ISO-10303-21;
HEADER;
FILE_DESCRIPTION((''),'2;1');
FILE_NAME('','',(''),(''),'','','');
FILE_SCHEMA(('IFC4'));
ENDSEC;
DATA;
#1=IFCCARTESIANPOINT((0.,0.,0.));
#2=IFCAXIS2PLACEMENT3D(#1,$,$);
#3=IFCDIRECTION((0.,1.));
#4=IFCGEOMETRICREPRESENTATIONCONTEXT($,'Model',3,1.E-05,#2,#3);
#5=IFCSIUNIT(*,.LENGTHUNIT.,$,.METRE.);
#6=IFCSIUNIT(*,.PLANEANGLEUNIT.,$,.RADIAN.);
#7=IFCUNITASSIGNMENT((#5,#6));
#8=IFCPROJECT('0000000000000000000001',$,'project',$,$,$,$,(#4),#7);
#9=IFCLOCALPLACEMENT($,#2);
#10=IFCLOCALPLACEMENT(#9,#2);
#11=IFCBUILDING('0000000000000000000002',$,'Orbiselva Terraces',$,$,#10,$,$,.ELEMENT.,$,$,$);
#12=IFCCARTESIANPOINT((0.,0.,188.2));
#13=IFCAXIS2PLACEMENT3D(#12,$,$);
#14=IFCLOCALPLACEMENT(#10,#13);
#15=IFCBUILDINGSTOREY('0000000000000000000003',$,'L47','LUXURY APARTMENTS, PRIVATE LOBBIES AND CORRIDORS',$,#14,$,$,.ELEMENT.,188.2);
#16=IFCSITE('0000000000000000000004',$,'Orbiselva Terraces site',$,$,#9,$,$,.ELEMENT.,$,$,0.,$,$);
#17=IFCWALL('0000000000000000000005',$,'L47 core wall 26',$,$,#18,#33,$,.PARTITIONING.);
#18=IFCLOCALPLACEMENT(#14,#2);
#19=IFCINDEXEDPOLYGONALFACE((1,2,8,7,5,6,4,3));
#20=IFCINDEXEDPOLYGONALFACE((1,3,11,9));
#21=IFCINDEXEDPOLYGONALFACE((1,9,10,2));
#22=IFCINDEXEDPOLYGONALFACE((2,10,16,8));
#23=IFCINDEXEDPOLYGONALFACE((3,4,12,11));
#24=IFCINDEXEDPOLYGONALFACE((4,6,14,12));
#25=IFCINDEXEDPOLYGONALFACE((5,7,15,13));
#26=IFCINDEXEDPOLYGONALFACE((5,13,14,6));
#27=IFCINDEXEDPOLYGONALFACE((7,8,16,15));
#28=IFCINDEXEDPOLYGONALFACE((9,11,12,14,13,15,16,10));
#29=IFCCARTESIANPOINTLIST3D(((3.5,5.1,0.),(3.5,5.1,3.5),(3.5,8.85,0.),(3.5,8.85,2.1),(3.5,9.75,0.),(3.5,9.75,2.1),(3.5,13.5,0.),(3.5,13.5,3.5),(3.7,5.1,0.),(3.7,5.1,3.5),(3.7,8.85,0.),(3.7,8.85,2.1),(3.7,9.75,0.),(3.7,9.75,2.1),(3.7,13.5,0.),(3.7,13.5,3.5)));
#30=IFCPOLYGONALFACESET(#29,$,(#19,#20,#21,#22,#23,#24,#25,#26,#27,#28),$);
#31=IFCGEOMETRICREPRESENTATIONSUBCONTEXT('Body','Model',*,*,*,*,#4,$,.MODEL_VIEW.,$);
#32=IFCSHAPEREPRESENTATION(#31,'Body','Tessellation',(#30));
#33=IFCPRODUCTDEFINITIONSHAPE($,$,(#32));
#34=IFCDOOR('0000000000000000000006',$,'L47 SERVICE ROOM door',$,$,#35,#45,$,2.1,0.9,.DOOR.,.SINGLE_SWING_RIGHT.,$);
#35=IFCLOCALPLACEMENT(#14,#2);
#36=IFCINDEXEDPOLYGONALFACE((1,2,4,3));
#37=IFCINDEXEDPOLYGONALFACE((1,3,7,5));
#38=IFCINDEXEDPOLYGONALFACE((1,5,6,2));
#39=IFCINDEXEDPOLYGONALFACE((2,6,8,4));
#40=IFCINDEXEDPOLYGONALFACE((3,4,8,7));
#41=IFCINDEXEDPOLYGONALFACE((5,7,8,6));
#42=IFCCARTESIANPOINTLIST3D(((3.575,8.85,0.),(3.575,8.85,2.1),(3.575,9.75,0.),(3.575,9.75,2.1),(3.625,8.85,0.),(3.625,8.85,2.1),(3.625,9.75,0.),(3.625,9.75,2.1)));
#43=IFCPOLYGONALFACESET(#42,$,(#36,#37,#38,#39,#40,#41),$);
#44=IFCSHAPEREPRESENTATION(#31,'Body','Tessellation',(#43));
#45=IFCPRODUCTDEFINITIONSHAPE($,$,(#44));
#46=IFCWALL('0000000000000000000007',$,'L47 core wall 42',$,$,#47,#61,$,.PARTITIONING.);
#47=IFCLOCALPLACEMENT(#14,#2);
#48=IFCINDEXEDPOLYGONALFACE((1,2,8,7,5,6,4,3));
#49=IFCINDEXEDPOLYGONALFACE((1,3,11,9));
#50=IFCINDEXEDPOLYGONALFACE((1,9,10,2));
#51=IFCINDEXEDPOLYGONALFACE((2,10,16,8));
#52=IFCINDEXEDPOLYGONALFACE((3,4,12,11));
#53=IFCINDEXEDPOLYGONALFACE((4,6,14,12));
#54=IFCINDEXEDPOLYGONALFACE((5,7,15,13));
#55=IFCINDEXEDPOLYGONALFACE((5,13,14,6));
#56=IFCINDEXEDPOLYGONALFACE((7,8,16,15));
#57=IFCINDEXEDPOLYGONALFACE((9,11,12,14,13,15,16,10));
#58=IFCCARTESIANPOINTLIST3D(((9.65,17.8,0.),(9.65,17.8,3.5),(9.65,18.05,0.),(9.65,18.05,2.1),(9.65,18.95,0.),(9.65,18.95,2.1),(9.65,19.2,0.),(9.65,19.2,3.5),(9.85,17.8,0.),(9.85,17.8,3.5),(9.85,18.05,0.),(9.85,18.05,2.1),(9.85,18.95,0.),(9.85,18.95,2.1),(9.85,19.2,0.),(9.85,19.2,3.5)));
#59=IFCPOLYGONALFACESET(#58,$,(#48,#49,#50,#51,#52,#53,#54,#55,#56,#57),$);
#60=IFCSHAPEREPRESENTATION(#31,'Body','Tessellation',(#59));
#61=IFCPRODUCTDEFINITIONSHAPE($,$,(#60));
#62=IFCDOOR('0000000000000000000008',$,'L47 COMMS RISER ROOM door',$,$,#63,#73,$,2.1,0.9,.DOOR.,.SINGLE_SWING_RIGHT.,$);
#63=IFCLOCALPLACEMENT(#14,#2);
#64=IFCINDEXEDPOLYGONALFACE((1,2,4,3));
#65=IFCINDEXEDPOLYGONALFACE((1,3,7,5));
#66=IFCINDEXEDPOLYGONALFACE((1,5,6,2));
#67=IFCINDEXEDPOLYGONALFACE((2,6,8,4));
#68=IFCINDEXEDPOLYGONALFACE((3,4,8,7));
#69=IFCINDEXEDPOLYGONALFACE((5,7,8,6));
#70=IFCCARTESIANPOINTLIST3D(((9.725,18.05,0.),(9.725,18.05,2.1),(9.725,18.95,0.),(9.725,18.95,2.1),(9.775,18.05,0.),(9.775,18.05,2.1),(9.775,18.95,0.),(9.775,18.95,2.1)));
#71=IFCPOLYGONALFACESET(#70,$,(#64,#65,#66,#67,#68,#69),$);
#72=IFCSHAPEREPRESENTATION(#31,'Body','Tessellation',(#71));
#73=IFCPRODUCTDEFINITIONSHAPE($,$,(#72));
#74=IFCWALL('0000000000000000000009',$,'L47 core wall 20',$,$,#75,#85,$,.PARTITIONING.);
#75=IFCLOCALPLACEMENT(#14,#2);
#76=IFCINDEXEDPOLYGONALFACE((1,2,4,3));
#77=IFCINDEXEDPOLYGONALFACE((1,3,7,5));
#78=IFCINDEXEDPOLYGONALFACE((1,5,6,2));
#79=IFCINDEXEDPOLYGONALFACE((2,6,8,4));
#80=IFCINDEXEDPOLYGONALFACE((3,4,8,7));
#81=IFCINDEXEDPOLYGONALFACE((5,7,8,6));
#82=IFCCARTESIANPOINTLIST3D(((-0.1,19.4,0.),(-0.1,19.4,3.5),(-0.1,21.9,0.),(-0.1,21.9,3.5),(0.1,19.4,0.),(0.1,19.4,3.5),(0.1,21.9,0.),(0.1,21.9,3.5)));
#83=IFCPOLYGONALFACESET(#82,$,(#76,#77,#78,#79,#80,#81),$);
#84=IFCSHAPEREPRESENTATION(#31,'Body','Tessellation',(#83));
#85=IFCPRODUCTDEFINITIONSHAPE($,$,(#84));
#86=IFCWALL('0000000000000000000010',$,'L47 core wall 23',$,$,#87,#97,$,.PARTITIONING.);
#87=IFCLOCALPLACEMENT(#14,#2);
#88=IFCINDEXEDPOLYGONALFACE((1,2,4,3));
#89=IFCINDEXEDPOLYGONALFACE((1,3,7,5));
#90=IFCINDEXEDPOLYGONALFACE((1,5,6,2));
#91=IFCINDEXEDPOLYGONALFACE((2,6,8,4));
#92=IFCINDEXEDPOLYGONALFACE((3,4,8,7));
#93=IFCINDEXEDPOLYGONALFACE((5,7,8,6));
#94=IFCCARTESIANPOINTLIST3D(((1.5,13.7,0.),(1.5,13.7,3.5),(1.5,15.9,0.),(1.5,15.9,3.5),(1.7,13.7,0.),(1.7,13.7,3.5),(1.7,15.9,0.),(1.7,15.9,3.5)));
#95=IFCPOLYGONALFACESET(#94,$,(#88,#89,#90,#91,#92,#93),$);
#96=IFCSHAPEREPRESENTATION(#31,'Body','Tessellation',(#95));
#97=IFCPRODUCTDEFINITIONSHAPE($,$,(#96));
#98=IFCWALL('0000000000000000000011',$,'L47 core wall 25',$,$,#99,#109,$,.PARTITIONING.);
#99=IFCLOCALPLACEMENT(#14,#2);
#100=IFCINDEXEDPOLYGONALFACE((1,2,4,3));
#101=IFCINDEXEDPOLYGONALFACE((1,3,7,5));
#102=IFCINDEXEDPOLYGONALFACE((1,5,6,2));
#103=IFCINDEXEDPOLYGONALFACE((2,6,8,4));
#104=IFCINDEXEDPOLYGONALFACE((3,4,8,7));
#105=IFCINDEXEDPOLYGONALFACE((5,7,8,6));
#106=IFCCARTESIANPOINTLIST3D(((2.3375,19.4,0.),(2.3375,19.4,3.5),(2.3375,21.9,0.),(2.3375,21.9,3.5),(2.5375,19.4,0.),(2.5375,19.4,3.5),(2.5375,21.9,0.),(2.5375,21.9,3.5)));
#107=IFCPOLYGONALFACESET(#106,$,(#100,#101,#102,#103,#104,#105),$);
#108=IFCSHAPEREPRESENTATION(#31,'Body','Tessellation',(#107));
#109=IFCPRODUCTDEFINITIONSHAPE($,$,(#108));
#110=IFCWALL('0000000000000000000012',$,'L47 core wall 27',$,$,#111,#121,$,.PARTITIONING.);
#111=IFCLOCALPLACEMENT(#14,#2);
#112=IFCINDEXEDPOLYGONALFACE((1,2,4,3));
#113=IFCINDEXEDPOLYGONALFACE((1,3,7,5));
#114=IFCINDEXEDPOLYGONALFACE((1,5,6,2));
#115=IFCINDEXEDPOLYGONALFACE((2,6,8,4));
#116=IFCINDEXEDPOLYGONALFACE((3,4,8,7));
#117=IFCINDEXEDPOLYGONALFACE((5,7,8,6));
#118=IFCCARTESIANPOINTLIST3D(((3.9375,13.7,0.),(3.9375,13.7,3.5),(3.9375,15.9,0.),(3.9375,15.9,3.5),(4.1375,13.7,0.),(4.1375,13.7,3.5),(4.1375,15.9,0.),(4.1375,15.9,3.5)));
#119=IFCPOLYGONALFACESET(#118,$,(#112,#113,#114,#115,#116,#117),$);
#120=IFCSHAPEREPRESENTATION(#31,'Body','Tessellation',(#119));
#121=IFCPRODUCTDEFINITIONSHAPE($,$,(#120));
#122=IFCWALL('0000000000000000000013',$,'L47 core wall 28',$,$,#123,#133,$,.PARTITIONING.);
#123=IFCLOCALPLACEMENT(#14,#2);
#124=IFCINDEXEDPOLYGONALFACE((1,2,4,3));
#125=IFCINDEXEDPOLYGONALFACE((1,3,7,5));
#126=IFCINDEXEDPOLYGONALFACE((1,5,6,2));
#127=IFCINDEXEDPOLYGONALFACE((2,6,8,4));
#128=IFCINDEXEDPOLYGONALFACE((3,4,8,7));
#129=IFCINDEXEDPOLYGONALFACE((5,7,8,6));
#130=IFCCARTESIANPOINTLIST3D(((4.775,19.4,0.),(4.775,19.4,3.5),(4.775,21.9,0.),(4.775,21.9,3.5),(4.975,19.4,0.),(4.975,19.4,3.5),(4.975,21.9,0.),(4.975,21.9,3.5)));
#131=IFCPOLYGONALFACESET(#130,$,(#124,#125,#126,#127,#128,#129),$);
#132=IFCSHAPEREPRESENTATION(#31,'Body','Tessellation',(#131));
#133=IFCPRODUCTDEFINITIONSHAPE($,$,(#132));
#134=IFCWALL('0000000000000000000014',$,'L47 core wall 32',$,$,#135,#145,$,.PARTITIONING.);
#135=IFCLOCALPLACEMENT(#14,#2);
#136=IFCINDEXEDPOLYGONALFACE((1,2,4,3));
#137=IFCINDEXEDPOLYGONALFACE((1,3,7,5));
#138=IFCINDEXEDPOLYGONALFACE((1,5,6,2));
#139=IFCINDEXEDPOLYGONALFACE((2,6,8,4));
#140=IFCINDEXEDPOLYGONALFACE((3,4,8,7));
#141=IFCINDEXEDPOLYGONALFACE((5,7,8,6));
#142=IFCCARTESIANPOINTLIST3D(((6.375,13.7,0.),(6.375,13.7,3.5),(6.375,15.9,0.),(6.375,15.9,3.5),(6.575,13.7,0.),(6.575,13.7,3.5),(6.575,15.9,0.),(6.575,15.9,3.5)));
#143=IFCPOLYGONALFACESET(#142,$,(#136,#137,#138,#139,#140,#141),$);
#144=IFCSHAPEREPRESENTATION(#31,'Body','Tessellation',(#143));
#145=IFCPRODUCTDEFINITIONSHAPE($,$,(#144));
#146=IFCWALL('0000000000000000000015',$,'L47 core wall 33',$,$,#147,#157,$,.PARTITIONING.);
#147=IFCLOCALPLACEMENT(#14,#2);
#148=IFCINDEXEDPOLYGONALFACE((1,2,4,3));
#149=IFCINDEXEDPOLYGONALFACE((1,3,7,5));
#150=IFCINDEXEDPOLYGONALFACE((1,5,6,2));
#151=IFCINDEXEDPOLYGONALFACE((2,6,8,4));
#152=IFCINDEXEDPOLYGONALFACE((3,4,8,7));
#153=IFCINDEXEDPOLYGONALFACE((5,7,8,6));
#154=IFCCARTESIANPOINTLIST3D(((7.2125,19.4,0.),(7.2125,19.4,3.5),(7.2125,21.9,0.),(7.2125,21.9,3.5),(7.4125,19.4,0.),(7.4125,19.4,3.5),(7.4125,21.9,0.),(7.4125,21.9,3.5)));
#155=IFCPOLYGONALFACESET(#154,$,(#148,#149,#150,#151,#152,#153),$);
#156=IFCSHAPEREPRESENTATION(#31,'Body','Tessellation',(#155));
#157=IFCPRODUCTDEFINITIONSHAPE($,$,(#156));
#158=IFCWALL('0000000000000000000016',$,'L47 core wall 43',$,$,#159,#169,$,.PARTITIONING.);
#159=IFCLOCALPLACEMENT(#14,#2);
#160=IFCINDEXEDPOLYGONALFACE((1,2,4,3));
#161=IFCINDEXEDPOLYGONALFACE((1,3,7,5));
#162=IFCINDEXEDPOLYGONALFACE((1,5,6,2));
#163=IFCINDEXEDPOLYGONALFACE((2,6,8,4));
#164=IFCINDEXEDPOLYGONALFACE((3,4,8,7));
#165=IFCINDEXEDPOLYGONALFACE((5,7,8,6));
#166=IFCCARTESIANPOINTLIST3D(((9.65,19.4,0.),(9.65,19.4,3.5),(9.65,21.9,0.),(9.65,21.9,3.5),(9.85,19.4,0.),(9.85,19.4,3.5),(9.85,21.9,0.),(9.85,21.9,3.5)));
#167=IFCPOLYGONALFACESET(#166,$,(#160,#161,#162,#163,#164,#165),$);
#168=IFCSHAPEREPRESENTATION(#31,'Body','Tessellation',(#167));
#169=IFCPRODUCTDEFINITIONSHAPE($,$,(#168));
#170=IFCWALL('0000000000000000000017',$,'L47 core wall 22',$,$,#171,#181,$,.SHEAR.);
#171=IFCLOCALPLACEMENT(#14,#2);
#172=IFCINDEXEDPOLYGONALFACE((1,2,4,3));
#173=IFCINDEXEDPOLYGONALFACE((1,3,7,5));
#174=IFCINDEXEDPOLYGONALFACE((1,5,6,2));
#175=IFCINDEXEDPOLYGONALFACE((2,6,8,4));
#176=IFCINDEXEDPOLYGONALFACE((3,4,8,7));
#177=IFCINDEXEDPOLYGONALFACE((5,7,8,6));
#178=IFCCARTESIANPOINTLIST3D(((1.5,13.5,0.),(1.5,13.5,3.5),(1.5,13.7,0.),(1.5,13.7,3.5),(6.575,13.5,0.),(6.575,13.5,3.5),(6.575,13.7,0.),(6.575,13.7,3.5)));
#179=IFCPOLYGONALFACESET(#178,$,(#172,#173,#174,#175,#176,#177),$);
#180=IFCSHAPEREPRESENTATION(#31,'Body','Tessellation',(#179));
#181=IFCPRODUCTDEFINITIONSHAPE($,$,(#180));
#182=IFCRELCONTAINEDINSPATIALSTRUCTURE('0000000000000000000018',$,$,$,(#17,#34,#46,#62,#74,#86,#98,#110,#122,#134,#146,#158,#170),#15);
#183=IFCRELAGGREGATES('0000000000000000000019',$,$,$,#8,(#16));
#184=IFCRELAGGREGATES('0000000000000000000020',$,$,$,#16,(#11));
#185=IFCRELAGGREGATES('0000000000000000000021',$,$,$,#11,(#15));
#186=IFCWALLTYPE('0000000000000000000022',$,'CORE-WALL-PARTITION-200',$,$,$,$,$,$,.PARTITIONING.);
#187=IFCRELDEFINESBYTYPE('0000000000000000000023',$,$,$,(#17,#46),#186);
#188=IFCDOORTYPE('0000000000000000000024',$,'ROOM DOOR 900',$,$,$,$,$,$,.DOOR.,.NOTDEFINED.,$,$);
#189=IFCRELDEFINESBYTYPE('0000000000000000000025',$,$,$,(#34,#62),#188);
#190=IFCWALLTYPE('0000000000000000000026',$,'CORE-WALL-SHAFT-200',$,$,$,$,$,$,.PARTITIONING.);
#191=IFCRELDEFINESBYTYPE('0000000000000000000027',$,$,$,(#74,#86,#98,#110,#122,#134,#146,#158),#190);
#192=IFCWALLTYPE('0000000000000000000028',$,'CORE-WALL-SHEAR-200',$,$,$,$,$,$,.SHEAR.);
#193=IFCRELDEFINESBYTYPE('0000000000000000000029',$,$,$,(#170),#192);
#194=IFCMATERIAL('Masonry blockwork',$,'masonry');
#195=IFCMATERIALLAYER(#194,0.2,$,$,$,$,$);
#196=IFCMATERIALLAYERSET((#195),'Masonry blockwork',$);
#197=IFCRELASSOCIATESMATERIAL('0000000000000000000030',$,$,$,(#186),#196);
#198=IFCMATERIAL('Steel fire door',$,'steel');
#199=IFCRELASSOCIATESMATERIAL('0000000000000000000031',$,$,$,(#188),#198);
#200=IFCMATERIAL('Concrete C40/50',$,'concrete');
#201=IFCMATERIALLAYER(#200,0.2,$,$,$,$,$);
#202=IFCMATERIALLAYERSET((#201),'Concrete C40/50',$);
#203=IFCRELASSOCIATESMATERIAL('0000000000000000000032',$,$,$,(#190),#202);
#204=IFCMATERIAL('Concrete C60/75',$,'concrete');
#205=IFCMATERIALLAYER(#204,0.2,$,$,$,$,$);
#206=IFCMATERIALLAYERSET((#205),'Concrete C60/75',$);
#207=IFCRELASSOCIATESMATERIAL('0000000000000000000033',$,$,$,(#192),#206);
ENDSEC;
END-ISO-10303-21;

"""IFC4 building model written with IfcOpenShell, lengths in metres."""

from ifc_helpers import new_model, si_unit, direction, frame, frame_2d, origin, place, context, subcontext, project, spatial, rectangle, extrude, material, layer, layer_set, type_object, element, fill, save


model = new_model("IFC4")

# Units and contexts
model_context = context("Model", 3, precision=1e-05, world=origin(), true_north=direction((0.0, 1.0)))
body_context = subcontext(model_context, "Body", "Model", "MODEL_VIEW")
ifc_project = project(units=[si_unit("LENGTHUNIT", "METRE"), si_unit("PLANEANGLEUNIT", "RADIAN")], contexts=[model_context])

# Site, building, storey
site_placement = place(None, origin())
site = spatial("IfcSite", under=ifc_project, at=site_placement, Name="Orbiselva Terraces site", CompositionType="ELEMENT", RefElevation=0.0)
building_placement = place(site_placement, origin())
building = spatial("IfcBuilding", under=site, at=building_placement, Name="Orbiselva Terraces", CompositionType="ELEMENT")
storey_placement = place(building_placement, frame((0.0, 0.0, 188.2)))
storey = spatial("IfcBuildingStorey", under=building, at=storey_placement, Name="L47", Description="LUXURY APARTMENTS, PRIVATE LOBBIES AND CORRIDORS", CompositionType="ELEMENT", Elevation=188.2)

# Walls, openings, doors
ifc_material_1 = material(Name="Masonry blockwork", Category="masonry")
ifc_layer_1 = layer(ifc_material_1, 0.2)
ifc_layer_set_1 = layer_set([ifc_layer_1], Name="Masonry blockwork")
wall_type_1 = type_object("IfcWallType", Name="CORE-WALL-PARTITION-200", PredefinedType="PARTITIONING", material=ifc_layer_set_1)
wall_1_placement = place(storey_placement, frame((3.6, 13.5, 0.0), z_axis=(0.0, 0.0, 1.0), x_axis=(0.0, -1.0, 0.0)))
wall_1 = element("IfcWall", 1, at=wall_1_placement, inside=storey, type_object=wall_type_1, Name="L47 core wall 26", PredefinedType="PARTITIONING", context=body_context, shape_type="SweptSolid", body=[
    extrude(rectangle(XDim=8.4, YDim=0.2, at=frame_2d((4.2, 0.0))), origin(), (0.0, 0.0, 1.0), 3.5),
])
opening_1_placement = place(wall_1_placement, frame((3.75, 0.0, 0.0)))
opening_1 = element("IfcOpeningElement", 2, at=opening_1_placement, cuts=wall_1, PredefinedType="OPENING", context=body_context, shape_type="SweptSolid", body=[
    extrude(rectangle(XDim=0.9, YDim=2.1, at=frame_2d((0.45, 1.05))), frame((0.0, 0.11, 0.0), z_axis=(0.0, -1.0, 0.0), x_axis=(1.0, 0.0, 0.0)), (0.0, 0.0, 1.0), 0.22),
])
ifc_material_2 = material(Name="Steel fire door", Category="steel")
door_type_1 = type_object("IfcDoorType", Name="ROOM DOOR 900", OperationType="NOTDEFINED", PredefinedType="DOOR", material=ifc_material_2)
door_1_placement = place(opening_1_placement, origin())
door_1 = element("IfcDoor", 3, at=door_1_placement, inside=storey, type_object=door_type_1, Name="L47 SERVICE ROOM door", OperationType="SINGLE_SWING_RIGHT", OverallHeight=2.1, OverallWidth=0.9, PredefinedType="DOOR", context=body_context, shape_type="SweptSolid", body=[
    extrude(rectangle(XDim=0.9, YDim=2.1, at=frame_2d((0.45, 1.05))), frame((0.0, 0.025, 0.0), z_axis=(0.0, -1.0, 0.0), x_axis=(1.0, 0.0, 0.0)), (0.0, 0.0, 1.0), 0.05),
])
fill(opening_1, door_1)
wall_2_placement = place(storey_placement, frame((9.75, 19.2, 0.0), z_axis=(0.0, 0.0, 1.0), x_axis=(0.0, -1.0, 0.0)))
wall_2 = element("IfcWall", 4, at=wall_2_placement, inside=storey, type_object=wall_type_1, Name="L47 core wall 42", PredefinedType="PARTITIONING", context=body_context, shape_type="SweptSolid", body=[
    extrude(rectangle(XDim=1.4, YDim=0.2, at=frame_2d((0.7, 0.0))), origin(), (0.0, 0.0, 1.0), 3.5),
])
opening_2_placement = place(wall_2_placement, frame((0.25, 0.0, 0.0)))
opening_2 = element("IfcOpeningElement", 5, at=opening_2_placement, cuts=wall_2, PredefinedType="OPENING", context=body_context, shape_type="SweptSolid", body=[
    extrude(rectangle(XDim=0.9, YDim=2.1, at=frame_2d((0.45, 1.05))), frame((0.0, 0.11, 0.0), z_axis=(0.0, -1.0, 0.0), x_axis=(1.0, 0.0, 0.0)), (0.0, 0.0, 1.0), 0.22),
])
door_2_placement = place(opening_2_placement, origin())
door_2 = element("IfcDoor", 6, at=door_2_placement, inside=storey, type_object=door_type_1, Name="L47 COMMS RISER ROOM door", OperationType="SINGLE_SWING_RIGHT", OverallHeight=2.1, OverallWidth=0.9, PredefinedType="DOOR", context=body_context, shape_type="SweptSolid", body=[
    extrude(rectangle(XDim=0.9, YDim=2.1, at=frame_2d((0.45, 1.05))), frame((0.0, 0.025, 0.0), z_axis=(0.0, -1.0, 0.0), x_axis=(1.0, 0.0, 0.0)), (0.0, 0.0, 1.0), 0.05),
])
fill(opening_2, door_2)

# Walls
ifc_material_3 = material(Name="Concrete C40/50", Category="concrete")
ifc_layer_2 = layer(ifc_material_3, 0.2)
ifc_layer_set_2 = layer_set([ifc_layer_2], Name="Concrete C40/50")
wall_type_2 = type_object("IfcWallType", Name="CORE-WALL-SHAFT-200", PredefinedType="PARTITIONING", material=ifc_layer_set_2)
wall_3_placement = place(storey_placement, frame((0.0, 19.4, 0.0), z_axis=(0.0, 0.0, 1.0), x_axis=(0.0, 1.0, 0.0)))
element("IfcWall", 7, at=wall_3_placement, inside=storey, type_object=wall_type_2, Name="L47 core wall 20", PredefinedType="PARTITIONING", context=body_context, shape_type="SweptSolid", body=[
    extrude(rectangle(XDim=2.5, YDim=0.2, at=frame_2d((1.25, 0.0))), origin(), (0.0, 0.0, 1.0), 3.5),
])
wall_4_placement = place(storey_placement, frame((1.6, 13.7, 0.0), z_axis=(0.0, 0.0, 1.0), x_axis=(0.0, 1.0, 0.0)))
element("IfcWall", 8, at=wall_4_placement, inside=storey, type_object=wall_type_2, Name="L47 core wall 23", PredefinedType="PARTITIONING", context=body_context, shape_type="SweptSolid", body=[
    extrude(rectangle(XDim=2.2, YDim=0.2, at=frame_2d((1.1, 0.0))), origin(), (0.0, 0.0, 1.0), 3.5),
])
wall_5_placement = place(storey_placement, frame((2.4375, 19.4, 0.0), z_axis=(0.0, 0.0, 1.0), x_axis=(0.0, 1.0, 0.0)))
element("IfcWall", 9, at=wall_5_placement, inside=storey, type_object=wall_type_2, Name="L47 core wall 25", PredefinedType="PARTITIONING", context=body_context, shape_type="SweptSolid", body=[
    extrude(rectangle(XDim=2.5, YDim=0.2, at=frame_2d((1.25, 0.0))), origin(), (0.0, 0.0, 1.0), 3.5),
])
wall_6_placement = place(storey_placement, frame((4.0375, 13.7, 0.0), z_axis=(0.0, 0.0, 1.0), x_axis=(0.0, 1.0, 0.0)))
element("IfcWall", 10, at=wall_6_placement, inside=storey, type_object=wall_type_2, Name="L47 core wall 27", PredefinedType="PARTITIONING", context=body_context, shape_type="SweptSolid", body=[
    extrude(rectangle(XDim=2.2, YDim=0.2, at=frame_2d((1.1, 0.0))), origin(), (0.0, 0.0, 1.0), 3.5),
])
wall_7_placement = place(storey_placement, frame((4.875, 19.4, 0.0), z_axis=(0.0, 0.0, 1.0), x_axis=(0.0, 1.0, 0.0)))
element("IfcWall", 11, at=wall_7_placement, inside=storey, type_object=wall_type_2, Name="L47 core wall 28", PredefinedType="PARTITIONING", context=body_context, shape_type="SweptSolid", body=[
    extrude(rectangle(XDim=2.5, YDim=0.2, at=frame_2d((1.25, 0.0))), origin(), (0.0, 0.0, 1.0), 3.5),
])
wall_8_placement = place(storey_placement, frame((6.475, 13.7, 0.0), z_axis=(0.0, 0.0, 1.0), x_axis=(0.0, 1.0, 0.0)))
element("IfcWall", 12, at=wall_8_placement, inside=storey, type_object=wall_type_2, Name="L47 core wall 32", PredefinedType="PARTITIONING", context=body_context, shape_type="SweptSolid", body=[
    extrude(rectangle(XDim=2.2, YDim=0.2, at=frame_2d((1.1, 0.0))), origin(), (0.0, 0.0, 1.0), 3.5),
])
for number, where, z_axis, x_axis, name in (
    (13, (7.3125, 19.4, 0.0), (0.0, 0.0, 1.0), (0.0, 1.0, 0.0), "L47 core wall 33"),
    (14, (9.75, 19.4, 0.0), (0.0, 0.0, 1.0), (0.0, 1.0, 0.0), "L47 core wall 43"),
):
    element("IfcWall", number, at=place(storey_placement, frame(where, z_axis=z_axis, x_axis=x_axis)), inside=storey, type_object=wall_type_2, Name=name, PredefinedType="PARTITIONING", context=body_context, shape_type="SweptSolid", body=[
        extrude(rectangle(XDim=2.5, YDim=0.2, at=frame_2d((1.25, 0.0))), origin(), (0.0, 0.0, 1.0), 3.5),
    ])
ifc_material_4 = material(Name="Concrete C60/75", Category="concrete")
ifc_layer_3 = layer(ifc_material_4, 0.2)
ifc_layer_set_3 = layer_set([ifc_layer_3], Name="Concrete C60/75")
wall_type_3 = type_object("IfcWallType", Name="CORE-WALL-SHEAR-200", PredefinedType="SHEAR", material=ifc_layer_set_3)
wall_9_placement = place(storey_placement, frame((1.5, 13.6, 0.0), z_axis=(0.0, 0.0, 1.0), x_axis=(1.0, 0.0, 0.0)))
element("IfcWall", 15, at=wall_9_placement, inside=storey, type_object=wall_type_3, Name="L47 core wall 22", PredefinedType="SHEAR", context=body_context, shape_type="SweptSolid", body=[
    extrude(rectangle(XDim=5.075, YDim=0.2, at=frame_2d((2.5375, 0.0))), origin(), (0.0, 0.0, 1.0), 3.5),
])

save(model, "model.ifc")
